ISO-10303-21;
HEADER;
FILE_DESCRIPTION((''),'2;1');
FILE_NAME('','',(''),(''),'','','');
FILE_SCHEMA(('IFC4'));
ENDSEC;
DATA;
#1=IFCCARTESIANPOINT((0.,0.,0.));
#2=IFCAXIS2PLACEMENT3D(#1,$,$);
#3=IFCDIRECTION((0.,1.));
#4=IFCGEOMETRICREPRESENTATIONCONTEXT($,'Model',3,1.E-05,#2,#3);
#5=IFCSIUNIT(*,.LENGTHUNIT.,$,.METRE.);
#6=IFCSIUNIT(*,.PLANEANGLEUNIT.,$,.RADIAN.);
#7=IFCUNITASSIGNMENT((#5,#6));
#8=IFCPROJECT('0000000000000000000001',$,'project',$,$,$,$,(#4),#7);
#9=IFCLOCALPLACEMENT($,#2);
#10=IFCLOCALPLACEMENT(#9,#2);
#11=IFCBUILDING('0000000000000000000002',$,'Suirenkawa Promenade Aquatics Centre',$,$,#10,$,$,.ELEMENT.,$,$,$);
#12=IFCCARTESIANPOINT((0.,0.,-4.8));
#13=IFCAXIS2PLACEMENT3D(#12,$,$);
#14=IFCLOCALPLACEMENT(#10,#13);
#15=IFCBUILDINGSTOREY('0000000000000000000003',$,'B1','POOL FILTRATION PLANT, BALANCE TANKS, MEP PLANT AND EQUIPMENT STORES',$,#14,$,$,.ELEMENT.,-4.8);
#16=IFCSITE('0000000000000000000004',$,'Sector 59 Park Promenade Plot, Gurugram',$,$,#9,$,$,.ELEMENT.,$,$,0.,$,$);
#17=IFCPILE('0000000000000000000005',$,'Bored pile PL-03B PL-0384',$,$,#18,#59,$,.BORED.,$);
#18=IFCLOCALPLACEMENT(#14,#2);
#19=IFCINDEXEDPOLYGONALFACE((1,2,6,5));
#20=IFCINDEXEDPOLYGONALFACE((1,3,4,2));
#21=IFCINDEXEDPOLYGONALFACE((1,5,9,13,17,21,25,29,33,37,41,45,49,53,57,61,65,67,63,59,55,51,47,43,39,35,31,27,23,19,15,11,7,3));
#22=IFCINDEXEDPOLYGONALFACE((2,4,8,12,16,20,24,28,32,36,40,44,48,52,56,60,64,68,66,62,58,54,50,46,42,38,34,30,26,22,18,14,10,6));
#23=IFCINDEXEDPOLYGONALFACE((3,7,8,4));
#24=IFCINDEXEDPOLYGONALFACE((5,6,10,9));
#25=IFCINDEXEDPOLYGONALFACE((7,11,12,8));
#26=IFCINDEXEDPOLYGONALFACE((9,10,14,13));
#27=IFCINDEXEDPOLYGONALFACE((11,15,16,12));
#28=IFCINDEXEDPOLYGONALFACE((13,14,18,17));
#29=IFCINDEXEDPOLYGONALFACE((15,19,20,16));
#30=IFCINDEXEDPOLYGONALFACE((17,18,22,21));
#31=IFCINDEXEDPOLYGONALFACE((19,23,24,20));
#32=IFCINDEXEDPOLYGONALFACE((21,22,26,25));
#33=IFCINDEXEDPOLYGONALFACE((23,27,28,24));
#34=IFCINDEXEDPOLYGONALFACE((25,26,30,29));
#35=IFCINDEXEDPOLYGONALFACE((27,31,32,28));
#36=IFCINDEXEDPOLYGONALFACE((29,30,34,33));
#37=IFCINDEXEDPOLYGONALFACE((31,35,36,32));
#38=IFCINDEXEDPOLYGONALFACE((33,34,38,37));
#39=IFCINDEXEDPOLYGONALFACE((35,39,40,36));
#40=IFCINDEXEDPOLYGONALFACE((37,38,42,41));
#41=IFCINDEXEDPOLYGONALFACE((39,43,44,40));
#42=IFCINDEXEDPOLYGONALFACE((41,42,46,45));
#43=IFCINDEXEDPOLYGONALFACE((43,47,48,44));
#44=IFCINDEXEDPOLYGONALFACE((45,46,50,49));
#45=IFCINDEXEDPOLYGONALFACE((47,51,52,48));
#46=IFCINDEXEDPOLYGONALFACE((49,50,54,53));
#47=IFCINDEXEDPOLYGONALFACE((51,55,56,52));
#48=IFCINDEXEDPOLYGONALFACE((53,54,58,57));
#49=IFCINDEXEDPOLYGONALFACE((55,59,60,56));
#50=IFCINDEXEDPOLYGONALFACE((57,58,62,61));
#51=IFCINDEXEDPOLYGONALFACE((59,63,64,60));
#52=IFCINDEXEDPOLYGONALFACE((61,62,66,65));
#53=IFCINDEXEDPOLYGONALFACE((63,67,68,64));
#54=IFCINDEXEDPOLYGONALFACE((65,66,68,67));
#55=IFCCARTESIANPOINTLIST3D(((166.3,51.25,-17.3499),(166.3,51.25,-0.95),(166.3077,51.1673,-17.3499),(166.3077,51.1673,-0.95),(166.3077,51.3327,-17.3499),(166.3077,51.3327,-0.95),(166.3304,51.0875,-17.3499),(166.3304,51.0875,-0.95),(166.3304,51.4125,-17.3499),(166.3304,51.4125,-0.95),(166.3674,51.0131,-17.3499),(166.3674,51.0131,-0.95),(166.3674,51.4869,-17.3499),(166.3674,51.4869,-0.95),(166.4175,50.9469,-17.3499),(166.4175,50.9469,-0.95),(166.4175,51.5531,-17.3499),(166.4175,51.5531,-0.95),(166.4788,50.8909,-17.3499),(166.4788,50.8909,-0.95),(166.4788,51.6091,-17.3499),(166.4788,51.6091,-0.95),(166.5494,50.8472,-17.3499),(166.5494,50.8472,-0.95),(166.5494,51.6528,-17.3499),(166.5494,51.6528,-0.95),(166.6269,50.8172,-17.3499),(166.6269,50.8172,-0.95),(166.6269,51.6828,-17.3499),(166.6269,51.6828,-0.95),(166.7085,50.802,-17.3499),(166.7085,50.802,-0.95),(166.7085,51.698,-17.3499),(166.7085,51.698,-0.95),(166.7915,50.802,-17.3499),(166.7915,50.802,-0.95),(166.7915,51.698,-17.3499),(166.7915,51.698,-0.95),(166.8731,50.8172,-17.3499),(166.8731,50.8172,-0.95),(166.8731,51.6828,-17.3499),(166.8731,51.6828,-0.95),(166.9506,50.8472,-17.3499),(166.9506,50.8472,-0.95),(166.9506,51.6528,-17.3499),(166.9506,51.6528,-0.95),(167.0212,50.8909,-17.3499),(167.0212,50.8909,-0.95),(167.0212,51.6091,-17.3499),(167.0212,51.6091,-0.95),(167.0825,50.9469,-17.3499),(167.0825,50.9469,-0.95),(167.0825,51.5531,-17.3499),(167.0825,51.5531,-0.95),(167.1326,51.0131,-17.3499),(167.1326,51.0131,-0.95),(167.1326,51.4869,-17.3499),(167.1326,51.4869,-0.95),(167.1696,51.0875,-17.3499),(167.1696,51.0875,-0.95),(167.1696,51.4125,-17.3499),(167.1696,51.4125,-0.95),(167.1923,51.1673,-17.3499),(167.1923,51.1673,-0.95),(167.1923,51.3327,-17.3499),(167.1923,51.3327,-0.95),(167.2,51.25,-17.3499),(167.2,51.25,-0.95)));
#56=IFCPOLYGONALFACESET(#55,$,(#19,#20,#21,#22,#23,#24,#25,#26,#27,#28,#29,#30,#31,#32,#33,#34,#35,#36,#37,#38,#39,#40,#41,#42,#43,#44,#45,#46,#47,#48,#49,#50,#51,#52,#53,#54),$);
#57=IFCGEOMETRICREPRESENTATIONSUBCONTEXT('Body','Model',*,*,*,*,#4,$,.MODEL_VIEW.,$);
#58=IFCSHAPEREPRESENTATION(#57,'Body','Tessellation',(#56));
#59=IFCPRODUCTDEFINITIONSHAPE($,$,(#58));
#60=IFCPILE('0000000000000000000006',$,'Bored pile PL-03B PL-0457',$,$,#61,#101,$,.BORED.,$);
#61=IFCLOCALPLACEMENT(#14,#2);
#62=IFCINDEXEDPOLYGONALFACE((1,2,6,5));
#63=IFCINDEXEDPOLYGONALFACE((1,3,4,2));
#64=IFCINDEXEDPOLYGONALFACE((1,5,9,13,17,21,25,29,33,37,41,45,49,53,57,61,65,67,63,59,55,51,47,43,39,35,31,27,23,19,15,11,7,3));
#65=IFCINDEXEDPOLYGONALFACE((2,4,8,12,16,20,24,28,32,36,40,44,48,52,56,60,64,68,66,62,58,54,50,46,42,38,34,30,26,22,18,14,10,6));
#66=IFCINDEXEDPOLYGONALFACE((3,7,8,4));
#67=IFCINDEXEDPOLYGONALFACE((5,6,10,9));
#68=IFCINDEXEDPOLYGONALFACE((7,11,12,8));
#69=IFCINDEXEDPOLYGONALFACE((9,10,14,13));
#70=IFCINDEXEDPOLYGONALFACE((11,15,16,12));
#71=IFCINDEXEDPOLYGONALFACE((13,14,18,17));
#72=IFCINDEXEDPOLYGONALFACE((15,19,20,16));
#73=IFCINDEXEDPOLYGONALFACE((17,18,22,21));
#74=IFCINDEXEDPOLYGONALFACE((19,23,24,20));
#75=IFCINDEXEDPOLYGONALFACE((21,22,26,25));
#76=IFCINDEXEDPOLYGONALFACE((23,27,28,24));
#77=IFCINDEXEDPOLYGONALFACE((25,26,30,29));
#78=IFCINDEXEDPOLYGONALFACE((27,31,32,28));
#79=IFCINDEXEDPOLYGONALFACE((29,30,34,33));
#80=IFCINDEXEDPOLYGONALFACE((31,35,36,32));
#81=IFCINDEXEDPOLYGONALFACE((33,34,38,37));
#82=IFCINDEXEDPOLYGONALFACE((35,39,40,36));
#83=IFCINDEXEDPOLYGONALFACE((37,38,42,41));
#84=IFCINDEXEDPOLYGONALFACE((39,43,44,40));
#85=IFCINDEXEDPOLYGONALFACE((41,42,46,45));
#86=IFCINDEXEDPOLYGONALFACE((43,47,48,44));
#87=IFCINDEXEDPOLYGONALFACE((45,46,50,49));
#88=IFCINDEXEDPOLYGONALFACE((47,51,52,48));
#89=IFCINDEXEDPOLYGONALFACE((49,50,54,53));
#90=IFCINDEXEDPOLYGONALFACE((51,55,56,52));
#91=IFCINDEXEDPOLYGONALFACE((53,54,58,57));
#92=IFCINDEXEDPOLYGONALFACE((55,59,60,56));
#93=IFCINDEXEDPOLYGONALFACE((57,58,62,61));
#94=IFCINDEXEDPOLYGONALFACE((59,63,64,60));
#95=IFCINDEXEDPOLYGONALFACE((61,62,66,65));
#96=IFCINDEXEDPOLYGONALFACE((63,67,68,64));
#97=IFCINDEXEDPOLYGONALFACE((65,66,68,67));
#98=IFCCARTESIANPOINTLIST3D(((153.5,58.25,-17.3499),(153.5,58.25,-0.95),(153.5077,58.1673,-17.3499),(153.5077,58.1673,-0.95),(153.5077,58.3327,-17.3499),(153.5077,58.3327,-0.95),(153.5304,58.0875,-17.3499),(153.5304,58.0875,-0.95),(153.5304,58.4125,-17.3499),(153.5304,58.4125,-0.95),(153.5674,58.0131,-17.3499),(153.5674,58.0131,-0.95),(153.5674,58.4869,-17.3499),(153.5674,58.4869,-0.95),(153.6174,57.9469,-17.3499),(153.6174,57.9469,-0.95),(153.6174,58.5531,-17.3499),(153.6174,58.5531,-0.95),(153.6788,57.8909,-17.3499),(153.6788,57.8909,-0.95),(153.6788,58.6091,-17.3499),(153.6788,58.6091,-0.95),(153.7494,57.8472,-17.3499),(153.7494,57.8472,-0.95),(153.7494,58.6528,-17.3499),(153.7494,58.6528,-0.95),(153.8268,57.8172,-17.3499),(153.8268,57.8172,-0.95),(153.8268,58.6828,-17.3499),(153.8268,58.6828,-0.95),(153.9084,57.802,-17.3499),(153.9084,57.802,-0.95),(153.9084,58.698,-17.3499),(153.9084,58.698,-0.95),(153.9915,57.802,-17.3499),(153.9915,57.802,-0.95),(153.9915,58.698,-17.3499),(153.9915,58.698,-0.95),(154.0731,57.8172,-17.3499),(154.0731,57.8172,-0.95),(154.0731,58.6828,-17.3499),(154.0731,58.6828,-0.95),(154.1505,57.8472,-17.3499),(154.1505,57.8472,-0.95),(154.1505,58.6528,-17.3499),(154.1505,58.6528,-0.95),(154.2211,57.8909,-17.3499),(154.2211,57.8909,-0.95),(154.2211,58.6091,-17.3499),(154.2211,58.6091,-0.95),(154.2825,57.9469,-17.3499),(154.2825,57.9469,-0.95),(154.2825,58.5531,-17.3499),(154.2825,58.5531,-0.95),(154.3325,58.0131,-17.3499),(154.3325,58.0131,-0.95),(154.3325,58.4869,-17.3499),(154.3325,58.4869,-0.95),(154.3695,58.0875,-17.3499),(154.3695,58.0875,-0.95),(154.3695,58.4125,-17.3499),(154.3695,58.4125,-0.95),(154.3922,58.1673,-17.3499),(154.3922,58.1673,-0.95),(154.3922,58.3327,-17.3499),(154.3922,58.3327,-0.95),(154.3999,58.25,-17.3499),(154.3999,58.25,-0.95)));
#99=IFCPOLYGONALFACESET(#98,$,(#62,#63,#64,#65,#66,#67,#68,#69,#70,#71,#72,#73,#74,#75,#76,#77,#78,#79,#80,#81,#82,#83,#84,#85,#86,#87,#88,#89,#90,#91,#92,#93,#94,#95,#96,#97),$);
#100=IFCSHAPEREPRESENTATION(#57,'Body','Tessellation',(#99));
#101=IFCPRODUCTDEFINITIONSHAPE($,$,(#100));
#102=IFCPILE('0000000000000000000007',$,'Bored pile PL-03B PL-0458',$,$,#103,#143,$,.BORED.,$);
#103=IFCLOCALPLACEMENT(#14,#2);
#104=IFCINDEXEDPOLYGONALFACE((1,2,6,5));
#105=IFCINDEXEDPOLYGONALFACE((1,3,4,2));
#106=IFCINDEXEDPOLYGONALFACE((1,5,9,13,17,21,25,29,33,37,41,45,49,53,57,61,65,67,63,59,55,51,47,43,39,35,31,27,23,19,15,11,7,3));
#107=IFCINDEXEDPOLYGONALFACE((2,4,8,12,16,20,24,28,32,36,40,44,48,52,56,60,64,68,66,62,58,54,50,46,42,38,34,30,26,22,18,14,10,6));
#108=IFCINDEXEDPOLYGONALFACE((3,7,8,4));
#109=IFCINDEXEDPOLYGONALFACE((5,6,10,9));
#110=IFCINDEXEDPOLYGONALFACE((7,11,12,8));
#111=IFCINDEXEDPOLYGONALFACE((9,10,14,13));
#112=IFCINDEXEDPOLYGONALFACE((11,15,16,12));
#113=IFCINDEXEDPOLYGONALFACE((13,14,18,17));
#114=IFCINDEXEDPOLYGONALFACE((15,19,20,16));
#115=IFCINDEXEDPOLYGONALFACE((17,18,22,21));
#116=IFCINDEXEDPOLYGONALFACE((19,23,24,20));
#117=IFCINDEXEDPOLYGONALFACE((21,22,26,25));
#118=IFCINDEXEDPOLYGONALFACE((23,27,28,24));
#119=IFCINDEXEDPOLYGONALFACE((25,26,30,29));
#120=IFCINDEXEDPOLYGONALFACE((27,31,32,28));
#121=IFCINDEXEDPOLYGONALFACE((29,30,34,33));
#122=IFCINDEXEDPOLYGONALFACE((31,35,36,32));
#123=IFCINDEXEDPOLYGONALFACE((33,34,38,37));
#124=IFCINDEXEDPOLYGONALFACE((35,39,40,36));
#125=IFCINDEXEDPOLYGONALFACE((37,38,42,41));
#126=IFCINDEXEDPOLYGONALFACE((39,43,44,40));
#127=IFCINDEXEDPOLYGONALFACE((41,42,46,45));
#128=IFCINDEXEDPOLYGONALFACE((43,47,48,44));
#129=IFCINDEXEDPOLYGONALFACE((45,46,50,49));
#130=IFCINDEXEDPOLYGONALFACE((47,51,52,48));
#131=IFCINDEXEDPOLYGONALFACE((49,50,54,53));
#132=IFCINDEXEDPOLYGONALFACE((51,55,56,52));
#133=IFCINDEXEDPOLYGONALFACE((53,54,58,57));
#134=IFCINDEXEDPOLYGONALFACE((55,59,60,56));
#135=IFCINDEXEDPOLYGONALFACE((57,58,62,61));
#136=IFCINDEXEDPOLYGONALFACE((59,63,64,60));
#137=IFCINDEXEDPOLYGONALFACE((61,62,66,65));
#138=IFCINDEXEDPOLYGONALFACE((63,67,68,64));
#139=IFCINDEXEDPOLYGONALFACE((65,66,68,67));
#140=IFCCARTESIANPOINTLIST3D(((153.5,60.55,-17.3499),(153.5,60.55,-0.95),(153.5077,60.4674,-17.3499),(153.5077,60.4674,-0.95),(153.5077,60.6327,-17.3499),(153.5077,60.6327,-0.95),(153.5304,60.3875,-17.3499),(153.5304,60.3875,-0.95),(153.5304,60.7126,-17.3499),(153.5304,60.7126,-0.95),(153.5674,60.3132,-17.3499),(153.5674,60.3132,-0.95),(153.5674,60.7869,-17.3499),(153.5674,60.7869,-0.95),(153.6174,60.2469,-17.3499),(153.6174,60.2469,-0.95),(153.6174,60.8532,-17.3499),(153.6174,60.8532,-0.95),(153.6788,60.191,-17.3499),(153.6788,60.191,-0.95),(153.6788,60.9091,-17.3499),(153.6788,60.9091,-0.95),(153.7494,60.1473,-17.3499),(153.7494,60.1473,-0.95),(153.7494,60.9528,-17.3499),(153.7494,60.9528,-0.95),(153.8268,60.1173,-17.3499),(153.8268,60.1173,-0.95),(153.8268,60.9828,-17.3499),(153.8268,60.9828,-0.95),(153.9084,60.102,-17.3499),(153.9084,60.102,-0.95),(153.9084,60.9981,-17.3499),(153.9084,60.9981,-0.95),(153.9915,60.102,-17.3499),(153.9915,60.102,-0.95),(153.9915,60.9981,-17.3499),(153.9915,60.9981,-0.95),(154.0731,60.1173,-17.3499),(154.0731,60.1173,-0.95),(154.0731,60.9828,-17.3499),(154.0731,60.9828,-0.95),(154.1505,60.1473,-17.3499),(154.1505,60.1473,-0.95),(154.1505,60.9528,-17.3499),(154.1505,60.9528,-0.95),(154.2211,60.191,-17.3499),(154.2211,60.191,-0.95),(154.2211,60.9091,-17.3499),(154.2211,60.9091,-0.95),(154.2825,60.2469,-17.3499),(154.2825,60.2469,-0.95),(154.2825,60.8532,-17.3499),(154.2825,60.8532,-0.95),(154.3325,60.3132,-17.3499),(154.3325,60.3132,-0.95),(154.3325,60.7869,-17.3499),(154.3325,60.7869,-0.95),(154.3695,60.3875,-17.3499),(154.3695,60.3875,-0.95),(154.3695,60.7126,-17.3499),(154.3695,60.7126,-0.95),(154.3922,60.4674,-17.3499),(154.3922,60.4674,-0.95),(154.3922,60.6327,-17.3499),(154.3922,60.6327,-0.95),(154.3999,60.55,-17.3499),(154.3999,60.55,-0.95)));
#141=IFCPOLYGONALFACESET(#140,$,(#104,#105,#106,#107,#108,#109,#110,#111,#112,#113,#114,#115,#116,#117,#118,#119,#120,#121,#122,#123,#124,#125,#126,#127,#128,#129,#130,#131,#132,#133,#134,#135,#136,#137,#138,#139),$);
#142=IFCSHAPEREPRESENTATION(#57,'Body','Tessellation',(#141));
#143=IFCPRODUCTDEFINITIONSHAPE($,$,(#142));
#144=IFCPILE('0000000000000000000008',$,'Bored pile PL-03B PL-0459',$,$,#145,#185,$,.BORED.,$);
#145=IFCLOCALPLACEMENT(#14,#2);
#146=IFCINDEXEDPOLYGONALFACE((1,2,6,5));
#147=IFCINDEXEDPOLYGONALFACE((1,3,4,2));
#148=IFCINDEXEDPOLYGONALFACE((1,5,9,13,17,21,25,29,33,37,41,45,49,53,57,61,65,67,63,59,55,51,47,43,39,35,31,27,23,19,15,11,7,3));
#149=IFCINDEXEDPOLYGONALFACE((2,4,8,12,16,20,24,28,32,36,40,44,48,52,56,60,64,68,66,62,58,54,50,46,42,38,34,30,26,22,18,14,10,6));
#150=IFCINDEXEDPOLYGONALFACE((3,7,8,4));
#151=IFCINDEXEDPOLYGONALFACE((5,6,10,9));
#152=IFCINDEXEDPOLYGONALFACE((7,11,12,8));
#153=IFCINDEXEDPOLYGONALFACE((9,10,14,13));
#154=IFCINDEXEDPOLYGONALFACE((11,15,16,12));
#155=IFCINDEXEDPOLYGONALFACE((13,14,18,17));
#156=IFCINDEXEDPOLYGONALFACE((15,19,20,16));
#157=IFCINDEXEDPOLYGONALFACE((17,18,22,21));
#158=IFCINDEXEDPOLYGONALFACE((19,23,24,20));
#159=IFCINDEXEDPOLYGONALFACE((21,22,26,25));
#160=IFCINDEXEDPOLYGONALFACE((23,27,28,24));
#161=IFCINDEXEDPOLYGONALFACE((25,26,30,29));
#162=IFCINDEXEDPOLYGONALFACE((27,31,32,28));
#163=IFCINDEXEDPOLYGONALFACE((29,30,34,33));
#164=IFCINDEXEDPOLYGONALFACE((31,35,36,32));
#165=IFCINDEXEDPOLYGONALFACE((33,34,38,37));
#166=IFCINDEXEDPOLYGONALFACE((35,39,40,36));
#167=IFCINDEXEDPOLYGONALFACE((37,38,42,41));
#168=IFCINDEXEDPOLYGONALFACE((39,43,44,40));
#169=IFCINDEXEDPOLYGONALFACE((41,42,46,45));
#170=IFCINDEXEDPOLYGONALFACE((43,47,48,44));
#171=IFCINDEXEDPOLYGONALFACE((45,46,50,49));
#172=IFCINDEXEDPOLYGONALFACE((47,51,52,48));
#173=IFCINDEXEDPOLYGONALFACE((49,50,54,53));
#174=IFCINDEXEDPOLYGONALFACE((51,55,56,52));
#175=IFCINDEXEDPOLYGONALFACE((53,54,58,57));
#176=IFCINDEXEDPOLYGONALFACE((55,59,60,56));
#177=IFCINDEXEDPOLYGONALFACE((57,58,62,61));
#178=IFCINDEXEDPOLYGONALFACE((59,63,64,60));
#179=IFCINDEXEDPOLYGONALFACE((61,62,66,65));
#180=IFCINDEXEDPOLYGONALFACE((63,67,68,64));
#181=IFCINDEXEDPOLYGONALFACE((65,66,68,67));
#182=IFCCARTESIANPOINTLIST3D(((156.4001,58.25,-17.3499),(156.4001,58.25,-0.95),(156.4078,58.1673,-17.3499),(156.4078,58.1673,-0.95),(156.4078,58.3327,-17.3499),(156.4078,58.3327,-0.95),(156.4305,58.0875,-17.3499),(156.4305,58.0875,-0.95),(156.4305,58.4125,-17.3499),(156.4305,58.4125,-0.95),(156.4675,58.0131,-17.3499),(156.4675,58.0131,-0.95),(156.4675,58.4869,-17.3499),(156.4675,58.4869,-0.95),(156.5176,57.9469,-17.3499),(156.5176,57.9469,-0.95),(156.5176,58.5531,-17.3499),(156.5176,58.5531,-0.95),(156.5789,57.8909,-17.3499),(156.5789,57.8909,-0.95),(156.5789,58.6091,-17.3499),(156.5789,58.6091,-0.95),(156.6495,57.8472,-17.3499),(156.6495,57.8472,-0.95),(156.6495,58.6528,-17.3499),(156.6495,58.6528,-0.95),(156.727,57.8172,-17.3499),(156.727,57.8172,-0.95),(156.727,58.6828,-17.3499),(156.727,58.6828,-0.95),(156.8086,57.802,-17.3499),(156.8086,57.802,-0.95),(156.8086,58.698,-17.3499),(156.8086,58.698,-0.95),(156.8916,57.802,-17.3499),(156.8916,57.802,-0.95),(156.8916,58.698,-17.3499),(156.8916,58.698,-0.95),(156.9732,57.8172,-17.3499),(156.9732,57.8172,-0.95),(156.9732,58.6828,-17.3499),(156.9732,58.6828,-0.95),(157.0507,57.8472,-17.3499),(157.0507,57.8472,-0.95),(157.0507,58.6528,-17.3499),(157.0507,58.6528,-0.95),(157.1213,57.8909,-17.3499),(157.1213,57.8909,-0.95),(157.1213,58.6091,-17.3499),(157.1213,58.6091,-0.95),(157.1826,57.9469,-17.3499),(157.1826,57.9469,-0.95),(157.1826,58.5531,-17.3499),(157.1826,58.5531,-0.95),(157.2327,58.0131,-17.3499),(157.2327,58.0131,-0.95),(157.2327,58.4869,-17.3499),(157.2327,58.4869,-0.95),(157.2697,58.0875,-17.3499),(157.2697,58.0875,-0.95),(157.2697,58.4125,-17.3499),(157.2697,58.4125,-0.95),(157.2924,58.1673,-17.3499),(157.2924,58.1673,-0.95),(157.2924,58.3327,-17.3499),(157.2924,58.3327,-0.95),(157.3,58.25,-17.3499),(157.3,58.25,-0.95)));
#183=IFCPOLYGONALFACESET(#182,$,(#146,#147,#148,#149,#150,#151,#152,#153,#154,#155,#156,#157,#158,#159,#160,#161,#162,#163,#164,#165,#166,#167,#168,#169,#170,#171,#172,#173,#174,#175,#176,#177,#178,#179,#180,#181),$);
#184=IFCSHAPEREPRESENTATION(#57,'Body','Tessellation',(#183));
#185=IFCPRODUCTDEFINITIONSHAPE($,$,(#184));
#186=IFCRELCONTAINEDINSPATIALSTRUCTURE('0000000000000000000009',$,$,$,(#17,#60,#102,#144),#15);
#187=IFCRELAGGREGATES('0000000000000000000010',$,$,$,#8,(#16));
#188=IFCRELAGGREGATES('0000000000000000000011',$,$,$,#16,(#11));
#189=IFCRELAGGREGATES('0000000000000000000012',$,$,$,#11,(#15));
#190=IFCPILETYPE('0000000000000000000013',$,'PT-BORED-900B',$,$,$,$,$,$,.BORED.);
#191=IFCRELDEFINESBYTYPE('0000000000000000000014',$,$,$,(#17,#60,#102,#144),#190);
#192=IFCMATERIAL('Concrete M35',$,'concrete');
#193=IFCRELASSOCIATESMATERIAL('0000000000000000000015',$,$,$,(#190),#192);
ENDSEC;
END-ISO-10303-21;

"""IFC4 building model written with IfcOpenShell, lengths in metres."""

from ifc_helpers import new_model, si_unit, direction, frame, origin, origin_2d, place, context, subcontext, project, spatial, circle, extrude, material, material_profile, profile_set, type_object, element, save


model = new_model("IFC4")

# Units and contexts
model_context = context("Model", 3, precision=1e-05, world=origin(), true_north=direction((0.0, 1.0)))
body_context = subcontext(model_context, "Body", "Model", "MODEL_VIEW")
ifc_project = project(units=[si_unit("LENGTHUNIT", "METRE"), si_unit("PLANEANGLEUNIT", "RADIAN")], contexts=[model_context])

# Site, building, storey
site_placement = place(None, origin())
site = spatial("IfcSite", under=ifc_project, at=site_placement, Name="Sector 59 Park Promenade Plot, Gurugram", CompositionType="ELEMENT", RefElevation=0.0)
building_placement = place(site_placement, origin())
building = spatial("IfcBuilding", under=site, at=building_placement, Name="Suirenkawa Promenade Aquatics Centre", CompositionType="ELEMENT")
storey_placement = place(building_placement, frame((0.0, 0.0, -4.8)))
storey = spatial("IfcBuildingStorey", under=building, at=storey_placement, Name="B1", Description="POOL FILTRATION PLANT, BALANCE TANKS, MEP PLANT AND EQUIPMENT STORES", CompositionType="ELEMENT", Elevation=-4.8)

# Shared definitions
ifc_material_1 = material(Name="Concrete M35", Category="concrete")

# Piles
ifc_material_profile_1 = material_profile(ifc_material_1, circle(Radius=0.45, at=origin_2d()), Name="PILE D900", Category="concrete")
ifc_profile_set_1 = profile_set([ifc_material_profile_1], Name="Concrete M35")
pile_type_1 = type_object("IfcPileType", Name="PT-BORED-900B", PredefinedType="BORED", material=ifc_profile_set_1)
for number, where, z_axis, x_axis, name in (
    (1, (166.75, 51.25, -0.95), (0.0, 0.0, -1.0), (1.0, 0.0, 0.0), "Bored pile PL-03B PL-0384"),
    (2, (153.95, 58.25, -0.95), (0.0, 0.0, -1.0), (1.0, 0.0, 0.0), "Bored pile PL-03B PL-0457"),
    (3, (153.95, 60.55, -0.95), (0.0, 0.0, -1.0), (1.0, 0.0, 0.0), "Bored pile PL-03B PL-0458"),
    (4, (156.8501, 58.25, -0.95), (0.0, 0.0, -1.0), (1.0, 0.0, 0.0), "Bored pile PL-03B PL-0459"),
):
    element("IfcPile", number, at=place(storey_placement, frame(where, z_axis=z_axis, x_axis=x_axis)), inside=storey, type_object=pile_type_1, Name=name, PredefinedType="BORED", context=body_context, shape_type="SweptSolid", body=[
        extrude(circle(Radius=0.45, at=origin_2d()), origin(), (0.0, 0.0, 1.0), 16.3999),
    ])

save(model, "model.ifc")
